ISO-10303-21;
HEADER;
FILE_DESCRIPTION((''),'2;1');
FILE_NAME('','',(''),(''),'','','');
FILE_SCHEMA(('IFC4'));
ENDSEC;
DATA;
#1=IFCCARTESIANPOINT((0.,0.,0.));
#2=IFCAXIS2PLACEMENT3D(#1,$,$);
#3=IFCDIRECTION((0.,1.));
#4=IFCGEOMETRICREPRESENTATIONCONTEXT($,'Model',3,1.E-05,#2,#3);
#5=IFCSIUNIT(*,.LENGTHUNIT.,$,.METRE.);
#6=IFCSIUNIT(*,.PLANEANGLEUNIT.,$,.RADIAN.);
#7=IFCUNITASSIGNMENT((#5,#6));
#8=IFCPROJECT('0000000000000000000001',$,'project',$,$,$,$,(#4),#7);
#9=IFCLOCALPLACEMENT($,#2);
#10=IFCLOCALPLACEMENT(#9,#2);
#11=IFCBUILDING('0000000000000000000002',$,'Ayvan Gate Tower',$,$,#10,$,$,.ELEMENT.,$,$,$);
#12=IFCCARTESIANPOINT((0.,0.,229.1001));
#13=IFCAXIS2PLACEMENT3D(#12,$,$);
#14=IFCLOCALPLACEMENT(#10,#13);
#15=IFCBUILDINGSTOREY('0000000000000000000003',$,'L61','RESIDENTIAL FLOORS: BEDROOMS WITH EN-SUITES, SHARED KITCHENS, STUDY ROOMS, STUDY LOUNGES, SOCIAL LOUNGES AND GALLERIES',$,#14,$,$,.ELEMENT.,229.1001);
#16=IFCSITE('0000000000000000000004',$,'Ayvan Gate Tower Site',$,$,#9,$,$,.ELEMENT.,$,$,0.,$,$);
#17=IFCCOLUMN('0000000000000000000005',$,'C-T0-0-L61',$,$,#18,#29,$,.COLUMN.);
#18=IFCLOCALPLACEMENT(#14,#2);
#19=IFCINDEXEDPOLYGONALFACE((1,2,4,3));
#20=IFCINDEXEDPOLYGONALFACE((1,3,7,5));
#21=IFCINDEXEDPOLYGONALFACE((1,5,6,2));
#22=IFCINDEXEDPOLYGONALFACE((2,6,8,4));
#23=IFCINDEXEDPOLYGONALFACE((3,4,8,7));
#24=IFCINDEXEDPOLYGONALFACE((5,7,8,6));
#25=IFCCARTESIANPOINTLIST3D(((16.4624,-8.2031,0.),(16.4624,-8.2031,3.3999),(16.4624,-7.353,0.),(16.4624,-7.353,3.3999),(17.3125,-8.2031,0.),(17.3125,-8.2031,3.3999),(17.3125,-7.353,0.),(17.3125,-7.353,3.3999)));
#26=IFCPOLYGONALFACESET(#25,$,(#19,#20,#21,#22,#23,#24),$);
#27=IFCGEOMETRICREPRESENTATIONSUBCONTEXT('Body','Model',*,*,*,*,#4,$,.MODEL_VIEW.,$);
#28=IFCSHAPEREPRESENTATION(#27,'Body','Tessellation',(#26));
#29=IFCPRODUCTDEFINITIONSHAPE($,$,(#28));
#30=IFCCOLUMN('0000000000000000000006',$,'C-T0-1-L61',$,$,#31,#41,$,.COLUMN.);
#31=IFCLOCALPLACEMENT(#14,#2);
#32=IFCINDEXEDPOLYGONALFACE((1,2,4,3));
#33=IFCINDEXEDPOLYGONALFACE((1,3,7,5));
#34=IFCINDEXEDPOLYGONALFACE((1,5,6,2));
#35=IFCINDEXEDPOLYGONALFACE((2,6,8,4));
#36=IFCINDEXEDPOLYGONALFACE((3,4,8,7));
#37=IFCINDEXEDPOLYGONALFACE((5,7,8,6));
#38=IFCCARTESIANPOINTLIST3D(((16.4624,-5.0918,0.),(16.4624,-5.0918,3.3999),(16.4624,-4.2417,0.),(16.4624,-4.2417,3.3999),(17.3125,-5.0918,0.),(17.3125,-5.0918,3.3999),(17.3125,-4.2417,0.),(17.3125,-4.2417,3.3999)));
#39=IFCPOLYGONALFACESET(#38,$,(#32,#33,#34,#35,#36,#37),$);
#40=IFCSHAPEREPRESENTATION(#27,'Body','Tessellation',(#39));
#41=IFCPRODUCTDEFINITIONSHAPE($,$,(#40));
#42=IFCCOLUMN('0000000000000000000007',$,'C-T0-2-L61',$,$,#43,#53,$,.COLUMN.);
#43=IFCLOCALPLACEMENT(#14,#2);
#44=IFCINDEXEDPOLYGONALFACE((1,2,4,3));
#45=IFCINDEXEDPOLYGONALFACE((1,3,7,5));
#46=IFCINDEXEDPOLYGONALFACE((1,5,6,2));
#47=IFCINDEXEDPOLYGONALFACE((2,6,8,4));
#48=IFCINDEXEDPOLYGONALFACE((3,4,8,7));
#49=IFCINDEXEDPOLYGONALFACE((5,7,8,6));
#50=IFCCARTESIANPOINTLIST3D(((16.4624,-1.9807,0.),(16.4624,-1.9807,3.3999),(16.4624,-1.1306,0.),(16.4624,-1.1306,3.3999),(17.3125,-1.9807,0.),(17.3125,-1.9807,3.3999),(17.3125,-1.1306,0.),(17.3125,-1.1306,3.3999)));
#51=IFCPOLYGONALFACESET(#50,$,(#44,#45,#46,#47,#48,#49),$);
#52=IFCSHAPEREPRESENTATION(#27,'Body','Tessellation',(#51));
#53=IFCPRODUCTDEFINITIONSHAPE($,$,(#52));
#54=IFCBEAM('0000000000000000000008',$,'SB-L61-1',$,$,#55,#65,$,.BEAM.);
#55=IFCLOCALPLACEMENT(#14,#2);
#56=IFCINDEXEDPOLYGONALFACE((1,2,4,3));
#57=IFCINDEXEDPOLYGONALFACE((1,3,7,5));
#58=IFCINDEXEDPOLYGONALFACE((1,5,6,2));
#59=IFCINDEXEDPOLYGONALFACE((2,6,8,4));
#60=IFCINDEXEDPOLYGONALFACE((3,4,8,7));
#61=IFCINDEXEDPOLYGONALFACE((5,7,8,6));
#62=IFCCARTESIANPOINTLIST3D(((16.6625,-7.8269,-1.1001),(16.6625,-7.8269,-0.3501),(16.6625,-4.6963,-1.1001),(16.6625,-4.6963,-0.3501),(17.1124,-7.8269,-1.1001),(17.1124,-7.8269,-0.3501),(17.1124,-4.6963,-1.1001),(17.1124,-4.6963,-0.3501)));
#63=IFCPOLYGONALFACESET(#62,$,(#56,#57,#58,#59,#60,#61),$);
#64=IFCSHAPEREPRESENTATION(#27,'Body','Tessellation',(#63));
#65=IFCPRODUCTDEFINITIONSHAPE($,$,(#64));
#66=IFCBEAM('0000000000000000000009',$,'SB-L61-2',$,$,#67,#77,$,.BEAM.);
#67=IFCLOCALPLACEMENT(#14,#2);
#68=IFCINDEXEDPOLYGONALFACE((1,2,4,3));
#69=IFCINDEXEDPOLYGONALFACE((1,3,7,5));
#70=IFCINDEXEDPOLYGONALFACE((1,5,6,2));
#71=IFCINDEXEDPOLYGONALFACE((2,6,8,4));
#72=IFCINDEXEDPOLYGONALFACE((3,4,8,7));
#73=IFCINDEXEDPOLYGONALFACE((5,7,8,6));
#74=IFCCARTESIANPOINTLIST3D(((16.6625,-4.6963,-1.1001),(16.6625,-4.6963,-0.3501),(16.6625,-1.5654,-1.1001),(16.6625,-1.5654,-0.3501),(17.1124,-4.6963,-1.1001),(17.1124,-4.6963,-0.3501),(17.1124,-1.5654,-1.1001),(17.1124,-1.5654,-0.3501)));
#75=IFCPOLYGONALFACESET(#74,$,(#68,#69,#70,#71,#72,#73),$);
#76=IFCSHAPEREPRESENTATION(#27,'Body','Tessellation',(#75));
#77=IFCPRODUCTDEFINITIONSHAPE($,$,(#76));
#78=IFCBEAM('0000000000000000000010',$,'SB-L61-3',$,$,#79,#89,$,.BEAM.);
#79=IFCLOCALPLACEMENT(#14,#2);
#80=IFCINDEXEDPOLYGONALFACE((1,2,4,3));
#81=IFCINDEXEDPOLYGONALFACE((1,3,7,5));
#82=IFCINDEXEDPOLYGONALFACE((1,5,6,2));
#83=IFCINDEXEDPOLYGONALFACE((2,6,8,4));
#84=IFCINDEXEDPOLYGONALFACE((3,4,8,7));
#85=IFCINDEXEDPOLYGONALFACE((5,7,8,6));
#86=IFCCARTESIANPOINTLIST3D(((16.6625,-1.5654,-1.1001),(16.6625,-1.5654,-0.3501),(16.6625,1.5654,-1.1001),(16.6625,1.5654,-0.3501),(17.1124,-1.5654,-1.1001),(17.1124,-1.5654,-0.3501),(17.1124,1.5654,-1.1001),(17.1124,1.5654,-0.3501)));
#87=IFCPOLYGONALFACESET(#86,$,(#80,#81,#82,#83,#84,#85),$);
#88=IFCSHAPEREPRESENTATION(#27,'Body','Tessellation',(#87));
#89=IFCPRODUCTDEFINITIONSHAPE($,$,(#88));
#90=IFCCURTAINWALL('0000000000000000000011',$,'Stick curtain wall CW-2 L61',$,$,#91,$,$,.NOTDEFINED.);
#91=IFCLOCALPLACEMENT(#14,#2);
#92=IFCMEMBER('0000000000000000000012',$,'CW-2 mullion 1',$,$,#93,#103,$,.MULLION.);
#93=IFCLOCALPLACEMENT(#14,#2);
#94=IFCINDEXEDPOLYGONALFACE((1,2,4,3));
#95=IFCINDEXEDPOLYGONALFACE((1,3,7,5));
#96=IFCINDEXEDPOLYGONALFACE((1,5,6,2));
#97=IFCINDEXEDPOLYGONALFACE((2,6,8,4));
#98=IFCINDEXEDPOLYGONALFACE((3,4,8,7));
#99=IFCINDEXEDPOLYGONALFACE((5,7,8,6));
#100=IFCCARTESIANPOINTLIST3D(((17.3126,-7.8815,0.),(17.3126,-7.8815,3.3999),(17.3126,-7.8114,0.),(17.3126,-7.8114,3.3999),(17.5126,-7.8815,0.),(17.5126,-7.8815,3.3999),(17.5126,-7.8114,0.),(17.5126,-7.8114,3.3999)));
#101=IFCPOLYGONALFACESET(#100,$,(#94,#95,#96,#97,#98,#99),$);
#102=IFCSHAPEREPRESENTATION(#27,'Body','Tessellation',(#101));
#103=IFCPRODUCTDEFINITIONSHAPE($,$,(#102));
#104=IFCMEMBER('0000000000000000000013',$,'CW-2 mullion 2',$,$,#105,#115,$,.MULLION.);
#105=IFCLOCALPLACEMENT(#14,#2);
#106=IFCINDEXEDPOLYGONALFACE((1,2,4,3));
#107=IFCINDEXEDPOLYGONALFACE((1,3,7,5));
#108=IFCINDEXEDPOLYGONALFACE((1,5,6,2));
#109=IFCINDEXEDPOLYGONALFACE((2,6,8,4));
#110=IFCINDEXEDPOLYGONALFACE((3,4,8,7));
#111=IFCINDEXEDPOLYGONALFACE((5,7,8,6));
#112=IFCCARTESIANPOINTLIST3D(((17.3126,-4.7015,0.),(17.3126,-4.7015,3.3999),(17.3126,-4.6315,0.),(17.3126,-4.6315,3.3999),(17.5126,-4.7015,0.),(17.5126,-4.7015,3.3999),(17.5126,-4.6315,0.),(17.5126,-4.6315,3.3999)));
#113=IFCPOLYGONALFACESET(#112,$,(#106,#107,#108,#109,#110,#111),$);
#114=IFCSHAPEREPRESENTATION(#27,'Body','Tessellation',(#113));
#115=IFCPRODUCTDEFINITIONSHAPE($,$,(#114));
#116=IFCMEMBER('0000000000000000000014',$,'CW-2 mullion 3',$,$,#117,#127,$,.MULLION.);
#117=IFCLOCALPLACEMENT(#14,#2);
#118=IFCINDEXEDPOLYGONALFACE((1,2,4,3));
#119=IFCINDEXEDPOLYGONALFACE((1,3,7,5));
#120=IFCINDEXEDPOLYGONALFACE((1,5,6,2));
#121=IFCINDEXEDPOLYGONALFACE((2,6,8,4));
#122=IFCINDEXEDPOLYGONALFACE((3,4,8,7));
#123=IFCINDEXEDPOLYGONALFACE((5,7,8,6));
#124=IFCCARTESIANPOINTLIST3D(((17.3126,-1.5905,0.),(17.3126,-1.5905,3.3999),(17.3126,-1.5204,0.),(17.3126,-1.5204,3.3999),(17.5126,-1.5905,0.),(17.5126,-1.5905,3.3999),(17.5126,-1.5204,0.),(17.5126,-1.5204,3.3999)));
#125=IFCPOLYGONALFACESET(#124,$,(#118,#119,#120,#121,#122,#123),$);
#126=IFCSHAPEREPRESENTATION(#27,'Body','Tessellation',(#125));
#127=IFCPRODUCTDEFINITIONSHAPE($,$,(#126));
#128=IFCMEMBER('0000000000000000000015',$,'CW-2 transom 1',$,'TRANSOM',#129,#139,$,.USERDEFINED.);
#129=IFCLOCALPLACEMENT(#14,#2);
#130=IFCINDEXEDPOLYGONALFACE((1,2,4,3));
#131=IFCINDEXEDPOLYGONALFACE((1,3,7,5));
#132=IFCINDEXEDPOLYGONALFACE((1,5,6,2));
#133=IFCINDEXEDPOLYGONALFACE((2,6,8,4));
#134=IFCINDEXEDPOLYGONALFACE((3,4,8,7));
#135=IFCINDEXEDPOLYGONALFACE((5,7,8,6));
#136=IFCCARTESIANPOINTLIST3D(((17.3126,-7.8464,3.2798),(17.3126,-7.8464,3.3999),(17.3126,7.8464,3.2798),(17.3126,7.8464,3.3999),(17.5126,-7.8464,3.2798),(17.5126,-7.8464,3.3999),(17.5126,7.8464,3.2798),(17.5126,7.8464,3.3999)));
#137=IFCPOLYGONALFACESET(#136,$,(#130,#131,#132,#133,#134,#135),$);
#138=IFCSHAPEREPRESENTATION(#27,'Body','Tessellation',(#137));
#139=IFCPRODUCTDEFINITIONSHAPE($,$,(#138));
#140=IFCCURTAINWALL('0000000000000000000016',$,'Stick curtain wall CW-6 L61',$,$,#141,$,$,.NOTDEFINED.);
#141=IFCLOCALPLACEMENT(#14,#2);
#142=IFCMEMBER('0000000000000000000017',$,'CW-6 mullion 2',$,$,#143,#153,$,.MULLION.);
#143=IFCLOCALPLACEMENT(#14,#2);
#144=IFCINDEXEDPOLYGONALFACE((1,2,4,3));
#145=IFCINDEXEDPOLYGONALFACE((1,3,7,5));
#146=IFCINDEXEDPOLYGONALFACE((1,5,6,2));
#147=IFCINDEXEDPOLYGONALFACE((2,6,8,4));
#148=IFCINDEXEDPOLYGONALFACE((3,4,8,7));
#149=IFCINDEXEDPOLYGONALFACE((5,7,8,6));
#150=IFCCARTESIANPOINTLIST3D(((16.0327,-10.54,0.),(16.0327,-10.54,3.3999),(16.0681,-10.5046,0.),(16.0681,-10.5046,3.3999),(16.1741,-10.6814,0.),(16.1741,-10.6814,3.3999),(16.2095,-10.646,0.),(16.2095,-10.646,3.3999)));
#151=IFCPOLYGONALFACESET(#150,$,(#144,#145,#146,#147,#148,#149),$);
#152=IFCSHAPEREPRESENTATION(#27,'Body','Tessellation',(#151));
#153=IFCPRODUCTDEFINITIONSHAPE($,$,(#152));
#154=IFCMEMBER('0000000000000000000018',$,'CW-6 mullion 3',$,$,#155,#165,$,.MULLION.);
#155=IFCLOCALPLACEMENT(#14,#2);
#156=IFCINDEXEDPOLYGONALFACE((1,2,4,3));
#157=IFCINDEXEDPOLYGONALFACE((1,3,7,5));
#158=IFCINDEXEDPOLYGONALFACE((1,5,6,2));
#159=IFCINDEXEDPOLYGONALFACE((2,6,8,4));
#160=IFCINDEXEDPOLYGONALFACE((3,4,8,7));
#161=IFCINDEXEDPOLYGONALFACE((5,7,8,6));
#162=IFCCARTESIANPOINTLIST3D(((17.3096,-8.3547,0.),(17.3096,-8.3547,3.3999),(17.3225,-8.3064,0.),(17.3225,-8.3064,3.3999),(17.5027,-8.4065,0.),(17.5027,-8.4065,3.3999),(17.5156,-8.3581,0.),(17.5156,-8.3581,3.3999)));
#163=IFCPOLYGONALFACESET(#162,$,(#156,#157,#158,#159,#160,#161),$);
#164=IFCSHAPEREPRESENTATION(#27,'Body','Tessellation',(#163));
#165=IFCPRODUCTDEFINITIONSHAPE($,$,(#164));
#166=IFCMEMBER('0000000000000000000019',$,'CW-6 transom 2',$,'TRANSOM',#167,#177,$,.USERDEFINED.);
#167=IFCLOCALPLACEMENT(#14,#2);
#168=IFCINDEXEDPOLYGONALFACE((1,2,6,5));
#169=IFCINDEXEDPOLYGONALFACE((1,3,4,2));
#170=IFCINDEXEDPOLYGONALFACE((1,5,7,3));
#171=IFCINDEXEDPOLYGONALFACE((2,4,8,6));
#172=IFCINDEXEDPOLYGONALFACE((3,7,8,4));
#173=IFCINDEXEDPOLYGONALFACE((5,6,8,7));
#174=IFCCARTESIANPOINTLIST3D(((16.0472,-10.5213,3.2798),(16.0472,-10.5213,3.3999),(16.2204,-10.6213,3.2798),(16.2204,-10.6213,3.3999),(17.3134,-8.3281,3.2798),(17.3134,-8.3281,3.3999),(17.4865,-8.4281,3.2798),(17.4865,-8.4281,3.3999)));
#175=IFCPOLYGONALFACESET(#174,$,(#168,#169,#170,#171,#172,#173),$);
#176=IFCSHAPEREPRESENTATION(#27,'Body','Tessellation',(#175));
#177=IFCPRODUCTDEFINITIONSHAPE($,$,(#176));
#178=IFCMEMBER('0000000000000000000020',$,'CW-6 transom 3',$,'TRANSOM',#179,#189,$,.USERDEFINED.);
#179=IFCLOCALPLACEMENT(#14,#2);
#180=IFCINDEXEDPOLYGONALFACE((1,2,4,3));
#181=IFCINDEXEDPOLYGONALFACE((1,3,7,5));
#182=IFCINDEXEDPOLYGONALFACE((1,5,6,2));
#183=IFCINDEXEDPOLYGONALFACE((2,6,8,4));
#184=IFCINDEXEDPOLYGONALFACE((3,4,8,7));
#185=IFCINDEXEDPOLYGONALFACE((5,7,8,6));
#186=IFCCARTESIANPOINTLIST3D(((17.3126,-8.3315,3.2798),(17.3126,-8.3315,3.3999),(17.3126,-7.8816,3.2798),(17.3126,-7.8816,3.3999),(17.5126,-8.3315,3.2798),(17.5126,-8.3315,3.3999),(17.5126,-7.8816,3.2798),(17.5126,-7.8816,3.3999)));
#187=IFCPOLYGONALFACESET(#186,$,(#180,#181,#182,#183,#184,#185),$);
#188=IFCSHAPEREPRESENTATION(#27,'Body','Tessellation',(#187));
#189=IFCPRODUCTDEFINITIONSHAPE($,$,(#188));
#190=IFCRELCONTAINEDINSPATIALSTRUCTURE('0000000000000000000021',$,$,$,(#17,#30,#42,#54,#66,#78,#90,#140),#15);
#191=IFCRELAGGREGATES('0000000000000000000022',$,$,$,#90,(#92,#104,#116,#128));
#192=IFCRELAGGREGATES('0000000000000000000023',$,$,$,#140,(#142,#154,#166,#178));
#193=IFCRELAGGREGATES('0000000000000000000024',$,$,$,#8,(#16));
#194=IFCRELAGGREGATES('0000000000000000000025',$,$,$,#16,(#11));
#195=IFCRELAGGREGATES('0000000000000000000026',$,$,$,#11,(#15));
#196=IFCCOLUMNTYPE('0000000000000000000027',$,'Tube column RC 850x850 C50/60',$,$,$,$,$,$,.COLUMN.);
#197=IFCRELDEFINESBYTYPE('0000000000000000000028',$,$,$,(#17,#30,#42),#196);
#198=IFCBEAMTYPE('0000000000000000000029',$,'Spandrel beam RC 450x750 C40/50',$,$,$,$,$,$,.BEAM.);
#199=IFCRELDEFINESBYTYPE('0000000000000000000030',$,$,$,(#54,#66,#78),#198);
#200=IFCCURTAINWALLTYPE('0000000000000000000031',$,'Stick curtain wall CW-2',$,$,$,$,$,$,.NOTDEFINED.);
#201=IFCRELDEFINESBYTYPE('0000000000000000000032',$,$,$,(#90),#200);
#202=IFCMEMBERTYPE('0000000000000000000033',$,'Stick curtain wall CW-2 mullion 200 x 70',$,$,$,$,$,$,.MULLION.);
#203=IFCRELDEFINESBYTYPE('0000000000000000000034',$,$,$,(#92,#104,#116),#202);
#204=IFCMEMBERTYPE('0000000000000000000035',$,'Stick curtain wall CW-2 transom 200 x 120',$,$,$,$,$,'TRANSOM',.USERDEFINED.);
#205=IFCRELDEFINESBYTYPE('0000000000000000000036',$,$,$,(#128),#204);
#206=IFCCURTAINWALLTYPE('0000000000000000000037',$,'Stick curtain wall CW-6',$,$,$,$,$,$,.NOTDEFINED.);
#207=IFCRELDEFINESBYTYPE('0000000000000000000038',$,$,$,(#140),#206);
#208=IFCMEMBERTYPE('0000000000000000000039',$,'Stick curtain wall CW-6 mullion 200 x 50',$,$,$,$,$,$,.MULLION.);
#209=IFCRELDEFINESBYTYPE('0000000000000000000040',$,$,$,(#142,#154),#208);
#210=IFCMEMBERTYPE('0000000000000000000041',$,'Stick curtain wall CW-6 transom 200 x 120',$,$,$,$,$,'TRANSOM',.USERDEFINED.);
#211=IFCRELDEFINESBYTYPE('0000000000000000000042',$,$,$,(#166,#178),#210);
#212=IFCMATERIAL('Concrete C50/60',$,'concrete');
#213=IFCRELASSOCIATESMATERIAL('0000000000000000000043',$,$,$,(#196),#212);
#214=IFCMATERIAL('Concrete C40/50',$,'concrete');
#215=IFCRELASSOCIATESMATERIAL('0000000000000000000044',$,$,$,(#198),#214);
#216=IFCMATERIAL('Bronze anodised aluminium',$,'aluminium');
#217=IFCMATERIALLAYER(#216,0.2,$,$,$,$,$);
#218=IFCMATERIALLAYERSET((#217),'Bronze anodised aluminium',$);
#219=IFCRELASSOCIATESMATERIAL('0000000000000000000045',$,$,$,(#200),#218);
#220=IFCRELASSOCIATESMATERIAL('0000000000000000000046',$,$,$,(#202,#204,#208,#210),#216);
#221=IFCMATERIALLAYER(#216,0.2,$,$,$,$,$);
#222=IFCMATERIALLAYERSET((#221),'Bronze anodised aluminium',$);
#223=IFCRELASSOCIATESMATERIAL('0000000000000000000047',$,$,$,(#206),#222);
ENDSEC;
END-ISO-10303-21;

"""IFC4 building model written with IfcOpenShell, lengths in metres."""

from ifc_helpers import new_model, si_unit, direction, frame, origin, origin_2d, place, context, subcontext, project, spatial, rectangle, extrude, material, layer, layer_set, material_profile, profile_set, type_object, element, aggregate, save


model = new_model("IFC4")

# Units and contexts
model_context = context("Model", 3, precision=1e-05, world=origin(), true_north=direction((0.0, 1.0)))
body_context = subcontext(model_context, "Body", "Model", "MODEL_VIEW")
ifc_project = project(units=[si_unit("LENGTHUNIT", "METRE"), si_unit("PLANEANGLEUNIT", "RADIAN")], contexts=[model_context])

# Site, building, storey
site_placement = place(None, origin())
site = spatial("IfcSite", under=ifc_project, at=site_placement, Name="Ayvan Gate Tower Site", CompositionType="ELEMENT", RefElevation=0.0)
building_placement = place(site_placement, origin())
building = spatial("IfcBuilding", under=site, at=building_placement, Name="Ayvan Gate Tower", CompositionType="ELEMENT")
storey_placement = place(building_placement, frame((0.0, 0.0, 229.1001)))
storey = spatial("IfcBuildingStorey", under=building, at=storey_placement, Name="L61", Description="RESIDENTIAL FLOORS: BEDROOMS WITH EN-SUITES, SHARED KITCHENS, STUDY ROOMS, STUDY LOUNGES, SOCIAL LOUNGES AND GALLERIES", CompositionType="ELEMENT", Elevation=229.1001)

# Columns
ifc_material_1 = material(Name="Concrete C50/60", Category="concrete")
ifc_material_profile_1 = material_profile(ifc_material_1, rectangle(XDim=0.8501, YDim=0.8501, at=origin_2d()), Name="RC 850x850")
ifc_profile_set_1 = profile_set([ifc_material_profile_1], Name="Concrete C50/60")
column_type = type_object("IfcColumnType", Name="Tube column RC 850x850 C50/60", PredefinedType="COLUMN", material=ifc_profile_set_1)
for number, where, z_axis, x_axis, name in (
    (1, (16.8875, -7.7781, 0.0), (0.0, 0.0, 1.0), (1.0, 0.0, 0.0), "C-T0-0-L61"),
    (2, (16.8875, -4.6667, 0.0), (0.0, 0.0, 1.0), (1.0, 0.0, 0.0), "C-T0-1-L61"),
    (3, (16.8875, -1.5557, 0.0), (0.0, 0.0, 1.0), (1.0, 0.0, 0.0), "C-T0-2-L61"),
):
    element("IfcColumn", number, at=place(storey_placement, frame(where, z_axis=z_axis, x_axis=x_axis)), inside=storey, type_object=column_type, Name=name, PredefinedType="COLUMN", context=body_context, shape_type="SweptSolid", body=[
        extrude(rectangle(XDim=0.8501, YDim=0.8501, at=origin_2d()), origin(), (0.0, 0.0, 1.0), 3.3999),
    ])

# Beams
ifc_material_2 = material(Name="Concrete C40/50", Category="concrete")
ifc_material_profile_2 = material_profile(ifc_material_2, rectangle(XDim=0.45, YDim=0.75, at=origin_2d()), Name="RC 450x750")
ifc_profile_set_2 = profile_set([ifc_material_profile_2], Name="Concrete C40/50")
beam_type = type_object("IfcBeamType", Name="Spandrel beam RC 450x750 C40/50", PredefinedType="BEAM", material=ifc_profile_set_2)
beam_placement = place(storey_placement, frame((16.8875, -7.8269, -0.7251), z_axis=(0.0, 1.0, 0.0), x_axis=(-1.0, 0.0, 0.0)))
element("IfcBeam", 4, at=beam_placement, inside=storey, type_object=beam_type, Name="SB-L61-1", PredefinedType="BEAM", context=body_context, shape_type="SweptSolid", body=[
    extrude(rectangle(XDim=0.45, YDim=0.75, at=origin_2d()), origin(), (0.0, 0.0, 1.0), 3.1306),
])
for number, where, z_axis, x_axis, name in (
    (5, (16.8875, -4.6963, -0.7251), (0.0, 1.0, 0.0), (-1.0, 0.0, 0.0), "SB-L61-2"),
    (6, (16.8875, -1.5654, -0.7251), (0.0, 1.0, 0.0), (-1.0, 0.0, 0.0), "SB-L61-3"),
):
    element("IfcBeam", number, at=place(storey_placement, frame(where, z_axis=z_axis, x_axis=x_axis)), inside=storey, type_object=beam_type, Name=name, PredefinedType="BEAM", context=body_context, shape_type="SweptSolid", body=[
        extrude(rectangle(XDim=0.45, YDim=0.75, at=origin_2d()), origin(), (0.0, 0.0, 1.0), 3.1309),
    ])

# Curtain walls, members
ifc_material_3 = material(Name="Bronze anodised aluminium", Category="aluminium")
ifc_layer_1 = layer(ifc_material_3, 0.2)
ifc_layer_set_1 = layer_set([ifc_layer_1], Name="Bronze anodised aluminium")
curtain_wall_type_1 = type_object("IfcCurtainWallType", Name="Stick curtain wall CW-2", PredefinedType="NOTDEFINED", material=ifc_layer_set_1)
curtain_wall_1_placement = place(storey_placement, origin())
curtain_wall_1 = element("IfcCurtainWall", 7, at=curtain_wall_1_placement, inside=storey, type_object=curtain_wall_type_1, Name="Stick curtain wall CW-2 L61", PredefinedType="NOTDEFINED")
ifc_material_profile_3 = material_profile(ifc_material_3, rectangle(XDim=0.2, YDim=0.0701, at=origin_2d()), Name="Stick curtain wall CW-2 mullion 200 x 70")
ifc_profile_set_3 = profile_set([ifc_material_profile_3], Name="Bronze anodised aluminium")
member_type_1 = type_object("IfcMemberType", Name="Stick curtain wall CW-2 mullion 200 x 70", PredefinedType="MULLION", material=ifc_profile_set_3)
member_1_placement = place(storey_placement, frame((17.4126, -7.8464, 0.0), z_axis=(0.0, 0.0, 1.0), x_axis=(1.0, 0.0, 0.0)))
member_1 = element("IfcMember", 8, at=member_1_placement, type_object=member_type_1, Name="CW-2 mullion 1", PredefinedType="MULLION", context=body_context, shape_type="SweptSolid", body=[
    extrude(rectangle(XDim=0.2, YDim=0.0701, at=origin_2d()), origin(), (0.0, 0.0, 1.0), 3.3999),
])
member_2_placement = place(storey_placement, frame((17.4126, -4.6665, 0.0), z_axis=(0.0, 0.0, 1.0), x_axis=(1.0, 0.0, 0.0)))
member_2 = element("IfcMember", 9, at=member_2_placement, type_object=member_type_1, Name="CW-2 mullion 2", PredefinedType="MULLION", context=body_context, shape_type="SweptSolid", body=[
    extrude(rectangle(XDim=0.2, YDim=0.0701, at=origin_2d()), origin(), (0.0, 0.0, 1.0), 3.3999),
])
member_3_placement = place(storey_placement, frame((17.4126, -1.5554, 0.0), z_axis=(0.0, 0.0, 1.0), x_axis=(1.0, 0.0, 0.0)))
member_3 = element("IfcMember", 10, at=member_3_placement, type_object=member_type_1, Name="CW-2 mullion 3", PredefinedType="MULLION", context=body_context, shape_type="SweptSolid", body=[
    extrude(rectangle(XDim=0.2, YDim=0.0701, at=origin_2d()), origin(), (0.0, 0.0, 1.0), 3.3999),
])
ifc_material_profile_4 = material_profile(ifc_material_3, rectangle(XDim=0.2, YDim=0.1201, at=origin_2d()), Name="Stick curtain wall CW-2 transom 200 x 120")
ifc_profile_set_4 = profile_set([ifc_material_profile_4], Name="Bronze anodised aluminium")
member_type_2 = type_object("IfcMemberType", Name="Stick curtain wall CW-2 transom 200 x 120", ElementType="TRANSOM", PredefinedType="USERDEFINED", material=ifc_profile_set_4)
member_4_placement = place(storey_placement, frame((17.4126, -7.8464, 3.3398), z_axis=(0.0, 1.0, 0.0), x_axis=(-1.0, 0.0, 0.0)))
member_4 = element("IfcMember", 11, at=member_4_placement, type_object=member_type_2, Name="CW-2 transom 1", ObjectType="TRANSOM", PredefinedType="USERDEFINED", context=body_context, shape_type="SweptSolid", body=[
    extrude(rectangle(XDim=0.2, YDim=0.1201, at=origin_2d()), origin(), (0.0, 0.0, 1.0), 15.6929),
])
ifc_layer_2 = layer(ifc_material_3, 0.2)
ifc_layer_set_2 = layer_set([ifc_layer_2], Name="Bronze anodised aluminium")
curtain_wall_type_2 = type_object("IfcCurtainWallType", Name="Stick curtain wall CW-6", PredefinedType="NOTDEFINED", material=ifc_layer_set_2)
curtain_wall_2_placement = place(storey_placement, origin())
curtain_wall_2 = element("IfcCurtainWall", 12, at=curtain_wall_2_placement, inside=storey, type_object=curtain_wall_type_2, Name="Stick curtain wall CW-6 L61", PredefinedType="NOTDEFINED")
ifc_material_profile_5 = material_profile(ifc_material_3, rectangle(XDim=0.2, YDim=0.05, at=origin_2d()), Name="Stick curtain wall CW-6 mullion 200 x 50")
ifc_profile_set_5 = profile_set([ifc_material_profile_5], Name="Bronze anodised aluminium")
member_type_3 = type_object("IfcMemberType", Name="Stick curtain wall CW-6 mullion 200 x 50", PredefinedType="MULLION", material=ifc_profile_set_5)
member_5_placement = place(storey_placement, frame((16.1211, -10.593, 0.0), z_axis=(0.0, 0.0, 1.0), x_axis=(0.707107, -0.707107, 0.0)))
member_5 = element("IfcMember", 13, at=member_5_placement, type_object=member_type_3, Name="CW-6 mullion 2", PredefinedType="MULLION", context=body_context, shape_type="SweptSolid", body=[
    extrude(rectangle(XDim=0.2, YDim=0.05, at=origin_2d()), origin(), (0.0, 0.0, 1.0), 3.3999),
])
member_6_placement = place(storey_placement, frame((17.4126, -8.3564, 0.0), z_axis=(0.0, 0.0, 1.0), x_axis=(0.965926, -0.258819, 0.0)))
member_6 = element("IfcMember", 14, at=member_6_placement, type_object=member_type_3, Name="CW-6 mullion 3", PredefinedType="MULLION", context=body_context, shape_type="SweptSolid", body=[
    extrude(rectangle(XDim=0.2, YDim=0.05, at=origin_2d()), origin(), (0.0, 0.0, 1.0), 3.3999),
])
ifc_material_profile_6 = material_profile(ifc_material_3, rectangle(XDim=0.2, YDim=0.1201, at=origin_2d()), Name="Stick curtain wall CW-6 transom 200 x 120")
ifc_profile_set_6 = profile_set([ifc_material_profile_6], Name="Bronze anodised aluminium")
member_type_4 = type_object("IfcMemberType", Name="Stick curtain wall CW-6 transom 200 x 120", ElementType="TRANSOM", PredefinedType="USERDEFINED", material=ifc_profile_set_6)
member_7_placement = place(storey_placement, frame((16.1338, -10.5713, 3.3398), z_axis=(0.499976, 0.866039, 0.0), x_axis=(-0.866039, 0.499976, 0.0)))
member_7 = element("IfcMember", 15, at=member_7_placement, type_object=member_type_4, Name="CW-6 transom 2", ObjectType="TRANSOM", PredefinedType="USERDEFINED", context=body_context, shape_type="SweptSolid", body=[
    extrude(rectangle(XDim=0.2, YDim=0.1201, at=origin_2d()), origin(), (0.0, 0.0, 1.0), 2.5325),
])
member_8_placement = place(storey_placement, frame((17.4126, -8.3315, 3.3398), z_axis=(0.0, 1.0, 0.0), x_axis=(-1.0, 0.0, 0.0)))
member_8 = element("IfcMember", 16, at=member_8_placement, type_object=member_type_4, Name="CW-6 transom 3", ObjectType="TRANSOM", PredefinedType="USERDEFINED", context=body_context, shape_type="SweptSolid", body=[
    extrude(rectangle(XDim=0.2, YDim=0.1201, at=origin_2d()), origin(), (0.0, 0.0, 1.0), 0.45),
])

aggregate(curtain_wall_1, [member_1, member_2, member_3, member_4])
aggregate(curtain_wall_2, [member_5, member_6, member_7, member_8])

save(model, "model.ifc")
